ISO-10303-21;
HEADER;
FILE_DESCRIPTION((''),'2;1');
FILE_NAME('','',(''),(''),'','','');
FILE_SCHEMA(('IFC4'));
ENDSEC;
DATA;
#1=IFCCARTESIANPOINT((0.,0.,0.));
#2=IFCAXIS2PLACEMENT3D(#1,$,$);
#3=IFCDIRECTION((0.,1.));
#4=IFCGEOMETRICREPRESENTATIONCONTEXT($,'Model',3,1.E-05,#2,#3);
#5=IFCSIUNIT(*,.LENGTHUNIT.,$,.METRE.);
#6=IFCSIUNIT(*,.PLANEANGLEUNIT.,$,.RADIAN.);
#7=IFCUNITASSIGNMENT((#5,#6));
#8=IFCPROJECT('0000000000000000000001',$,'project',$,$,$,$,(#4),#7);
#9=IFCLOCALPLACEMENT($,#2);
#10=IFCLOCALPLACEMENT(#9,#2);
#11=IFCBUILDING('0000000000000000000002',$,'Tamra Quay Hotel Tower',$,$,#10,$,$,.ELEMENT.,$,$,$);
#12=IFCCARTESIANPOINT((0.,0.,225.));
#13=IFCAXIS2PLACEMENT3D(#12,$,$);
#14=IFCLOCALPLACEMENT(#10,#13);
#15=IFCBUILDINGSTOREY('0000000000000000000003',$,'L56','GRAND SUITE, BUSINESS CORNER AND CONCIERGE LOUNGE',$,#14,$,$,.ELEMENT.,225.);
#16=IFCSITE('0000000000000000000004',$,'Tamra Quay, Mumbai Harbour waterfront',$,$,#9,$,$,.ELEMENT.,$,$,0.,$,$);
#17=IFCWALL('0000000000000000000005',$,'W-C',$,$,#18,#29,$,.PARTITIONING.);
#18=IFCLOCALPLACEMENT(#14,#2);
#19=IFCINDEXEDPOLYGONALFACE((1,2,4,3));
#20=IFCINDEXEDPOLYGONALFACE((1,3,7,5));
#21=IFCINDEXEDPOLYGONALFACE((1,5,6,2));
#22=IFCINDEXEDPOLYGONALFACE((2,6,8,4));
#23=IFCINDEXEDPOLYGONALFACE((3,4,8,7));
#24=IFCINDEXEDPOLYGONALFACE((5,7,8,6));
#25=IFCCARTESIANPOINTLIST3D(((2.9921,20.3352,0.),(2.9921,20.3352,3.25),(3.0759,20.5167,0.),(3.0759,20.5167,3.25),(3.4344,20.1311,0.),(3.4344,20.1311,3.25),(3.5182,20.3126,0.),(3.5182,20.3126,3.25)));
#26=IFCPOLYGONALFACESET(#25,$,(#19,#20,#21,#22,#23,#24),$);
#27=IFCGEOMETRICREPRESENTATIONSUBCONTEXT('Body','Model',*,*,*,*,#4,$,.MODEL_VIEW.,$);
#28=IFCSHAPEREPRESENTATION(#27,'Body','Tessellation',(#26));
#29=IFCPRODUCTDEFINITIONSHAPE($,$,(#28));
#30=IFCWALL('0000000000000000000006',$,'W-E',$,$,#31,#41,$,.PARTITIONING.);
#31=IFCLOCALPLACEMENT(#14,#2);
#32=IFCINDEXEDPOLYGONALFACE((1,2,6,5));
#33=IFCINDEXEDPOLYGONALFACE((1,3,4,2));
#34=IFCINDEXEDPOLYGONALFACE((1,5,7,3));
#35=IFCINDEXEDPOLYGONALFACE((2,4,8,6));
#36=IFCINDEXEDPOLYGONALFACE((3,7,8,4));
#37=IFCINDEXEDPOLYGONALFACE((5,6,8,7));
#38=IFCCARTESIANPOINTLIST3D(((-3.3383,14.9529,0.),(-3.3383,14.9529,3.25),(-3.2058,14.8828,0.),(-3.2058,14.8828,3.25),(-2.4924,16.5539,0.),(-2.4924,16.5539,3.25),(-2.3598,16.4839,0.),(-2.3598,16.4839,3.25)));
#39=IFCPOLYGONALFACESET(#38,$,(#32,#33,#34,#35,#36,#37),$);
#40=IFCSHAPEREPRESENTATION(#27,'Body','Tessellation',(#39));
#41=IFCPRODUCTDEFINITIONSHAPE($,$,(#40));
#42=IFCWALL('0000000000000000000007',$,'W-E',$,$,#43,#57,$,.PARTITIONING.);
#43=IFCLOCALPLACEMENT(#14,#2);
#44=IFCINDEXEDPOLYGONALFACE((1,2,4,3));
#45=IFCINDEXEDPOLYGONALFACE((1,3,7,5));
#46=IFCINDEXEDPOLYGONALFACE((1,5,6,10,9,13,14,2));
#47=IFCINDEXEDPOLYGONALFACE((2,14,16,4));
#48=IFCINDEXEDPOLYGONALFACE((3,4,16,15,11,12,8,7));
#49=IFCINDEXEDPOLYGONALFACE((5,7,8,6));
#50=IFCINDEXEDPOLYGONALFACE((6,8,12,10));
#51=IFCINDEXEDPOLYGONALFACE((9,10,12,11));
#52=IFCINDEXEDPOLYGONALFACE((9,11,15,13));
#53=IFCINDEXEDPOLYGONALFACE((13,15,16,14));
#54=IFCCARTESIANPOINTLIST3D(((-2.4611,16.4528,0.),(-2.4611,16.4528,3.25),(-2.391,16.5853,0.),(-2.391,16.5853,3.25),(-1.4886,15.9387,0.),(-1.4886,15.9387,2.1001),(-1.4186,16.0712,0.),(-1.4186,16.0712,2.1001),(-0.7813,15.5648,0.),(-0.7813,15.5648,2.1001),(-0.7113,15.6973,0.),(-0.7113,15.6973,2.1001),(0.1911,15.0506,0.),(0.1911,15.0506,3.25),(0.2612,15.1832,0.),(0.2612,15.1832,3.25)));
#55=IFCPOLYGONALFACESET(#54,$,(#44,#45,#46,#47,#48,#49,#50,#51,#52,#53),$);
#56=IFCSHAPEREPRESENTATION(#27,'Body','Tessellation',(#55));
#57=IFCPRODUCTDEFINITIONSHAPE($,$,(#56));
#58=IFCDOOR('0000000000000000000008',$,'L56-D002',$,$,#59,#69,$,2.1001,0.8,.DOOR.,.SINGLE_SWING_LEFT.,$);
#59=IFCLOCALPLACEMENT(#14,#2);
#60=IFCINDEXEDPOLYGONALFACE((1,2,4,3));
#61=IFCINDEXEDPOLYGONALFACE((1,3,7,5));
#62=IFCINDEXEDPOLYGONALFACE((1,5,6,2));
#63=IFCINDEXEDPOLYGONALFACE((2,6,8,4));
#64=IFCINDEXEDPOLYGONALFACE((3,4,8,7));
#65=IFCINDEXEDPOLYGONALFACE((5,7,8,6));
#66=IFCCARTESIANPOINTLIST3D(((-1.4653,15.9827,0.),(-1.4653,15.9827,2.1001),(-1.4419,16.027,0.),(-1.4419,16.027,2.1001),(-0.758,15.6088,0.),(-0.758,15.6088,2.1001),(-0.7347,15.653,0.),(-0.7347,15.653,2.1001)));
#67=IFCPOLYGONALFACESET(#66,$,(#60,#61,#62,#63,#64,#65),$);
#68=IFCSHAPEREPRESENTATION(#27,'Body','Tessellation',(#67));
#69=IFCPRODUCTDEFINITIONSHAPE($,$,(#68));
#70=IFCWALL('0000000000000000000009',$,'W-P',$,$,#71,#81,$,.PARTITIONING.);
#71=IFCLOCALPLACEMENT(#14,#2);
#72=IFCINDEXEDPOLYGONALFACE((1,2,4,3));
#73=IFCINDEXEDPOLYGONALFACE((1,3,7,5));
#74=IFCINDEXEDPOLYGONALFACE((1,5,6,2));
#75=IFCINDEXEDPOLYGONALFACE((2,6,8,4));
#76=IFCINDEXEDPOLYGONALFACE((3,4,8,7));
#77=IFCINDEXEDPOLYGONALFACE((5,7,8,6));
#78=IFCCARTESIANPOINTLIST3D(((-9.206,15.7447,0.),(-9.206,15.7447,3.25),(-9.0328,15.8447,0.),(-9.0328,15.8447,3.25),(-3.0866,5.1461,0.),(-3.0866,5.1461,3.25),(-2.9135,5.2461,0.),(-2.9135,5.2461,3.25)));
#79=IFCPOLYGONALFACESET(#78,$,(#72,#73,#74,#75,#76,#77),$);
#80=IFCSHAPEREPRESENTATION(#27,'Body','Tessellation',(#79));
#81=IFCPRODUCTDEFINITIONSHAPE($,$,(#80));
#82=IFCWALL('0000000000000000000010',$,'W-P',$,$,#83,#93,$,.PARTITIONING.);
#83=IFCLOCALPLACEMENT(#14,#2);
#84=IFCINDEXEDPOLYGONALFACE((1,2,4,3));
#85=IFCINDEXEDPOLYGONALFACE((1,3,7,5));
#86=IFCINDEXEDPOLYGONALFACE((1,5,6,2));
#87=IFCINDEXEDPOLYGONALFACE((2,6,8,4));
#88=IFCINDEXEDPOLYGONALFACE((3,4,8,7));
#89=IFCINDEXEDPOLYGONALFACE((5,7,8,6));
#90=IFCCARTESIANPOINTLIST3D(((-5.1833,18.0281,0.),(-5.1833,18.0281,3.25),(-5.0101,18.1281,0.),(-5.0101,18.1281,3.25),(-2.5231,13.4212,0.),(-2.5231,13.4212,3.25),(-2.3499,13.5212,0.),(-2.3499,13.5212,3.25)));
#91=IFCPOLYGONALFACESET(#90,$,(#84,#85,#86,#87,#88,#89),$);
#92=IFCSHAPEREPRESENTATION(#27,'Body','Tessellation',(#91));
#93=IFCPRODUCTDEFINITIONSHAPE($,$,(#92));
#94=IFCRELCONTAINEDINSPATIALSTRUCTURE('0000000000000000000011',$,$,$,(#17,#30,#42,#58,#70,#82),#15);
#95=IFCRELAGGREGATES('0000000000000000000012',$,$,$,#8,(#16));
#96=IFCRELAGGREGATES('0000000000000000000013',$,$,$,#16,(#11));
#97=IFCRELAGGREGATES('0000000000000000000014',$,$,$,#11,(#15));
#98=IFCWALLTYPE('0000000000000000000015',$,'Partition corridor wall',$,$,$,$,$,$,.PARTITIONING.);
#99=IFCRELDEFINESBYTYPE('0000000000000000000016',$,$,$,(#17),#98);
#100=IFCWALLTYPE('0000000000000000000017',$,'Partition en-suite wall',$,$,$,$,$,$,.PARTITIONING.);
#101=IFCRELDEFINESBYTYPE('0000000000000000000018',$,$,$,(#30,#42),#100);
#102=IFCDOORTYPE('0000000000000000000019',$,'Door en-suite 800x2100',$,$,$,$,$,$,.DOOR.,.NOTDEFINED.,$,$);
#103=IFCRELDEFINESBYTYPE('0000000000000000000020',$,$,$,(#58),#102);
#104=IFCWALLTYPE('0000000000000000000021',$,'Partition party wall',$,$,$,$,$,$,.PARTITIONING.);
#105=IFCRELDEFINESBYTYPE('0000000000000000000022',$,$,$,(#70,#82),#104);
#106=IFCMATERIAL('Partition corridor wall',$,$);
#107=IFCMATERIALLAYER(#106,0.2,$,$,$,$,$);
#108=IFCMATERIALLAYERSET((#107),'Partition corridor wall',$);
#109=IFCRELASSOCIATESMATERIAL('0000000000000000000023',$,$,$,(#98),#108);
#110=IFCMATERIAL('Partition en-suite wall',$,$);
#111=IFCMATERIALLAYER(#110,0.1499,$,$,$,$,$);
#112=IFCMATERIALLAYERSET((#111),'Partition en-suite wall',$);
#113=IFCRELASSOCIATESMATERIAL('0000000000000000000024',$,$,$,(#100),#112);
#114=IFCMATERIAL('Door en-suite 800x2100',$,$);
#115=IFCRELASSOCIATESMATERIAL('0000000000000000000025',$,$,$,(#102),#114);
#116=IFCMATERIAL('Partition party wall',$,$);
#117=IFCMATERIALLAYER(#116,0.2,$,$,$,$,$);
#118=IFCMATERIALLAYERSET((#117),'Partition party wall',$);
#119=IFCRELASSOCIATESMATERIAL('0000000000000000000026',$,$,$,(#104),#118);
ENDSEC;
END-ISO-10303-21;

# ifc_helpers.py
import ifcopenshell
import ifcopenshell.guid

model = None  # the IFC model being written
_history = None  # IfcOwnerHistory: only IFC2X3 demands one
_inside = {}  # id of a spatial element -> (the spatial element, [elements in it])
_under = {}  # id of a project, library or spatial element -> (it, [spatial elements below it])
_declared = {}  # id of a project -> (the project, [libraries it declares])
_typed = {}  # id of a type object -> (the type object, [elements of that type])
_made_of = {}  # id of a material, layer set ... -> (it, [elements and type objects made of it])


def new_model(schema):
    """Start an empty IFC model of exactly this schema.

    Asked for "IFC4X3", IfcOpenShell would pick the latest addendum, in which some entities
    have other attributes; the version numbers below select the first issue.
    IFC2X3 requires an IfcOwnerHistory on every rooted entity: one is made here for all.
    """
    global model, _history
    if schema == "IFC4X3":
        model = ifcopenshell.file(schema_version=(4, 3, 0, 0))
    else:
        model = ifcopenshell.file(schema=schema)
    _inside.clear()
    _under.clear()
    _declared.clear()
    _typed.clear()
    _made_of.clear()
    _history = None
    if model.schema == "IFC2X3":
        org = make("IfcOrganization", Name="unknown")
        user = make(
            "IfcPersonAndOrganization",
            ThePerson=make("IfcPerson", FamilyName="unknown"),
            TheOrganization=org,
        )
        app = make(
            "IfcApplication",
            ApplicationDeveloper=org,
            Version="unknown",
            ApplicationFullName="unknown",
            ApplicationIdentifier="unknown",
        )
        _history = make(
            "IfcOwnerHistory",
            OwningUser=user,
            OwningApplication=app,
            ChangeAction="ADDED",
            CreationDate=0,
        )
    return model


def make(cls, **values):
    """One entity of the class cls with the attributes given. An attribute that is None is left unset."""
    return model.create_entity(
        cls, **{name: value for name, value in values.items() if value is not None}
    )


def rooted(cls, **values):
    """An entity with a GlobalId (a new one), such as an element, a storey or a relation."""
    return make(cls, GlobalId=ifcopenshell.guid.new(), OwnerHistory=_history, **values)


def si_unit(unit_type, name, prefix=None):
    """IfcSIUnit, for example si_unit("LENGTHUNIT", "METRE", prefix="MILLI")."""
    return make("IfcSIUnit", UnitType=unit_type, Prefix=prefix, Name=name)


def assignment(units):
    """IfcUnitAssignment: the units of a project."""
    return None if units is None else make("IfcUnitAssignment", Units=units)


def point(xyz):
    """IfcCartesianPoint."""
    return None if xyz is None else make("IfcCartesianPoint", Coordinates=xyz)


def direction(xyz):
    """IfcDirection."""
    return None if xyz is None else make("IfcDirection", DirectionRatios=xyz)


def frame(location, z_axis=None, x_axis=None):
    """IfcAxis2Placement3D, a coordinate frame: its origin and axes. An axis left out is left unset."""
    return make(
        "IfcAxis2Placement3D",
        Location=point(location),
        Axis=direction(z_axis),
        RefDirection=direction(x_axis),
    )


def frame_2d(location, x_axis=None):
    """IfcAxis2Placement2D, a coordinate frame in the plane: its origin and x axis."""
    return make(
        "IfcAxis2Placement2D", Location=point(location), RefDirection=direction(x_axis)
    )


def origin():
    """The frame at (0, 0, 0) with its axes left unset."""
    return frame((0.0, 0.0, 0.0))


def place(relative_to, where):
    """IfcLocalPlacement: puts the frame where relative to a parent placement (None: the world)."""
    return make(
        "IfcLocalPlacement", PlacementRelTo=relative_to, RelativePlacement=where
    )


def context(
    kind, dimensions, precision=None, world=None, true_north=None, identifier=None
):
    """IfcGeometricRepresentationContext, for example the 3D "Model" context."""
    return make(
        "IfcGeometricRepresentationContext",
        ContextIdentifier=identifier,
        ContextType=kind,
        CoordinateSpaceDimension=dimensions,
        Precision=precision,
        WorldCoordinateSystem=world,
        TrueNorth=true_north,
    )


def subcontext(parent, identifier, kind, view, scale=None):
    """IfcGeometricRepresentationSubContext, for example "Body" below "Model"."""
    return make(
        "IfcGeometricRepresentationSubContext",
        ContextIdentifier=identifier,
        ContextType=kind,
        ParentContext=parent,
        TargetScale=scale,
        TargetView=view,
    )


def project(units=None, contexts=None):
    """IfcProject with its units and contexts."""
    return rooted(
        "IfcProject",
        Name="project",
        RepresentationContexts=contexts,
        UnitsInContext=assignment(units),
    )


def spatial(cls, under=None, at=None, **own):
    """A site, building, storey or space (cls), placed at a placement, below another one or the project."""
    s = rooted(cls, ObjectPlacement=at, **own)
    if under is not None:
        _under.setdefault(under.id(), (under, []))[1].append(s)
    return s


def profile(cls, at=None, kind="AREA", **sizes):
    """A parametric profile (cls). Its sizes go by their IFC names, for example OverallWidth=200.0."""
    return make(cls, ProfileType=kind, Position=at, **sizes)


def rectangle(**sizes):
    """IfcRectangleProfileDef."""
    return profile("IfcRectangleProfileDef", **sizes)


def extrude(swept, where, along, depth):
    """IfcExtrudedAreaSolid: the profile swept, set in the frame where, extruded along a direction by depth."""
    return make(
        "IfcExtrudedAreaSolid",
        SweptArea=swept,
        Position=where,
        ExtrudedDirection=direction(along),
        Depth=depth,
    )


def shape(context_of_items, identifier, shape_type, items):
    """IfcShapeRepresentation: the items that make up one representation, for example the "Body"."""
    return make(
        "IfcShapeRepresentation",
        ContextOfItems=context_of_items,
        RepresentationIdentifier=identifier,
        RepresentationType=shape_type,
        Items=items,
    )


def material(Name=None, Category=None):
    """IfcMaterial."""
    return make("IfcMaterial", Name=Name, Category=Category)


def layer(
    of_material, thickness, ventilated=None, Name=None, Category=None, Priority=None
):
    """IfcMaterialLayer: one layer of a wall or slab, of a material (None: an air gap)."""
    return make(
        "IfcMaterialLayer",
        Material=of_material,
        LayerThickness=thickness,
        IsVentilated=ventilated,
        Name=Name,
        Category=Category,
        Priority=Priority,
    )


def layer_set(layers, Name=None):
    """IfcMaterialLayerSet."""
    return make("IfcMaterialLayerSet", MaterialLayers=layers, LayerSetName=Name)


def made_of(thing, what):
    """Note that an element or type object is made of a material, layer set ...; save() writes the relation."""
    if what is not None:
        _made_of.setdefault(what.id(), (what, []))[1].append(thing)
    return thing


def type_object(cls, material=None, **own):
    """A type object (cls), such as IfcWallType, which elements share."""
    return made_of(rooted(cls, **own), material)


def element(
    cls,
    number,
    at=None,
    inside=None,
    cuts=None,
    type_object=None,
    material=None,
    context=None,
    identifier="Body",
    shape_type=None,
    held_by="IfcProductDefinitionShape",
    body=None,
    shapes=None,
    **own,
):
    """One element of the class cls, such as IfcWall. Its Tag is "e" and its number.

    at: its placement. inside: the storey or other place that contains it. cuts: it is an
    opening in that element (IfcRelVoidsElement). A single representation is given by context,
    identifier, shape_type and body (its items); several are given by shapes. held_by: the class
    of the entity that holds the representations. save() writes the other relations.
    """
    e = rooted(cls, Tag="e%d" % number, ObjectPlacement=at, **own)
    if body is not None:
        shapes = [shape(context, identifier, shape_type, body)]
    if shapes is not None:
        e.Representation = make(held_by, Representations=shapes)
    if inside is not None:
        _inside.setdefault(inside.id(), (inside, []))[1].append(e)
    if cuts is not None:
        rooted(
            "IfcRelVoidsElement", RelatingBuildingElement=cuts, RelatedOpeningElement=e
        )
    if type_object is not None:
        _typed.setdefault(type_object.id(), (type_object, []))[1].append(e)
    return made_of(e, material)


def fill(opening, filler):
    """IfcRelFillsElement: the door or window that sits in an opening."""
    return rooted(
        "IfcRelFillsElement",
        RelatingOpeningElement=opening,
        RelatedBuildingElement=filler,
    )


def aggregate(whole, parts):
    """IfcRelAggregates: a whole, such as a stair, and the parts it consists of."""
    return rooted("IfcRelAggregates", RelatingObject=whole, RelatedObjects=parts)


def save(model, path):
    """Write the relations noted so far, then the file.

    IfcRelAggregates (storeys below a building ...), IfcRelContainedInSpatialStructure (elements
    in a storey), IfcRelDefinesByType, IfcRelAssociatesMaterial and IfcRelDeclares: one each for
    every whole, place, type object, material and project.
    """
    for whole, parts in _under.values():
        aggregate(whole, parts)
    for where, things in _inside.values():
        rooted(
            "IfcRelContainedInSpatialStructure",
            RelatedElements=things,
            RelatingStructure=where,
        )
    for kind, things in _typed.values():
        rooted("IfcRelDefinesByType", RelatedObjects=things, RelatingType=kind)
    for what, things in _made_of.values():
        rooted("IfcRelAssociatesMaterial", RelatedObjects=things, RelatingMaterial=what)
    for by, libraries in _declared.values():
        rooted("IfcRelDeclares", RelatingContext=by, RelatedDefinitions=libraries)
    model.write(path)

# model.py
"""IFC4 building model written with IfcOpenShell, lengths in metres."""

from ifc_helpers import new_model, si_unit, direction, frame, frame_2d, origin, place, context, subcontext, project, spatial, rectangle, extrude, material, layer, layer_set, type_object, element, fill, save


model = new_model("IFC4")

# Units and contexts
model_context = context("Model", 3, precision=1e-05, world=origin(), true_north=direction((0.0, 1.0)))
body_context = subcontext(model_context, "Body", "Model", "MODEL_VIEW")
ifc_project = project(units=[si_unit("LENGTHUNIT", "METRE"), si_unit("PLANEANGLEUNIT", "RADIAN")], contexts=[model_context])

# Site, building, storey
site_placement = place(None, origin())
site = spatial("IfcSite", under=ifc_project, at=site_placement, Name="Tamra Quay, Mumbai Harbour waterfront", CompositionType="ELEMENT", RefElevation=0.0)
building_placement = place(site_placement, origin())
building = spatial("IfcBuilding", under=site, at=building_placement, Name="Tamra Quay Hotel Tower", CompositionType="ELEMENT")
storey_placement = place(building_placement, frame((0.0, 0.0, 225.0)))
storey = spatial("IfcBuildingStorey", under=building, at=storey_placement, Name="L56", Description="GRAND SUITE, BUSINESS CORNER AND CONCIERGE LOUNGE", CompositionType="ELEMENT", Elevation=225.0)

# Walls
ifc_material_1 = material(Name="Partition corridor wall")
ifc_layer_1 = layer(ifc_material_1, 0.2)
ifc_layer_set_1 = layer_set([ifc_layer_1], Name="Partition corridor wall")
wall_type_1 = type_object("IfcWallType", Name="Partition corridor wall", PredefinedType="PARTITIONING", material=ifc_layer_set_1)
wall_1_placement = place(storey_placement, frame((3.0339, 20.426, 0.0), z_axis=(0.0, 0.0, 1.0), x_axis=(0.90793, -0.419122, 0.0)))
element("IfcWall", 1, at=wall_1_placement, inside=storey, type_object=wall_type_1, Name="W-C", PredefinedType="PARTITIONING", context=body_context, shape_type="SweptSolid", body=[
    extrude(rectangle(XDim=0.4871, YDim=0.2, at=frame_2d((0.2437, 0.0))), origin(), (0.0, 0.0, 1.0), 3.25),
])
ifc_material_2 = material(Name="Partition en-suite wall")
ifc_layer_2 = layer(ifc_material_2, 0.1499)
ifc_layer_set_2 = layer_set([ifc_layer_2], Name="Partition en-suite wall")
wall_type_2 = type_object("IfcWallType", Name="Partition en-suite wall", PredefinedType="PARTITIONING", material=ifc_layer_set_2)
wall_2_placement = place(storey_placement, frame((-3.272, 14.918, 0.0), z_axis=(0.0, 0.0, 1.0), x_axis=(0.467163, 0.884171, 0.0)))
element("IfcWall", 2, at=wall_2_placement, inside=storey, type_object=wall_type_2, Name="W-E", PredefinedType="PARTITIONING", context=body_context, shape_type="SweptSolid", body=[
    extrude(rectangle(XDim=1.8108, YDim=0.1499, at=frame_2d((0.9053, 0.0))), origin(), (0.0, 0.0, 1.0), 3.25),
])

# Wall, opening, door
wall_3_placement = place(storey_placement, frame((-2.426, 16.519, 0.0), z_axis=(0.0, 0.0, 1.0), x_axis=(0.884057, -0.467379, 0.0)))
wall_3 = element("IfcWall", 3, at=wall_3_placement, inside=storey, type_object=wall_type_2, Name="W-E", PredefinedType="PARTITIONING", context=body_context, shape_type="SweptSolid", body=[
    extrude(rectangle(XDim=3.0, YDim=0.1499, at=frame_2d((1.5, 0.0))), origin(), (0.0, 0.0, 1.0), 3.25),
])
opening_1_placement = place(wall_3_placement, frame((1.1001, 0.0, 0.0)))
opening_1 = element("IfcOpeningElement", 4, at=opening_1_placement, cuts=wall_3, PredefinedType="OPENING", context=body_context, shape_type="SweptSolid", body=[
    extrude(rectangle(XDim=0.8, YDim=2.1001, at=frame_2d((0.3999, 1.05))), frame((0.0, 0.085, 0.0), z_axis=(0.0, -1.0, 0.0), x_axis=(1.0, 0.0, 0.0)), (0.0, 0.0, 1.0), 0.1699),
])
ifc_material_3 = material(Name="Door en-suite 800x2100")
door_type_1 = type_object("IfcDoorType", Name="Door en-suite 800x2100", OperationType="NOTDEFINED", PredefinedType="DOOR", material=ifc_material_3)
door_1_placement = place(opening_1_placement, origin())
door_1 = element("IfcDoor", 5, at=door_1_placement, inside=storey, type_object=door_type_1, Name="L56-D002", OperationType="SINGLE_SWING_LEFT", OverallHeight=2.1001, OverallWidth=0.8, PredefinedType="DOOR", context=body_context, shape_type="SweptSolid", body=[
    extrude(rectangle(XDim=0.8, YDim=2.1001, at=frame_2d((0.3999, 1.05))), frame((0.0, 0.0249, 0.0), z_axis=(0.0, -1.0, 0.0), x_axis=(1.0, 0.0, 0.0)), (0.0, 0.0, 1.0), 0.05),
])
fill(opening_1, door_1)

# Walls
ifc_material_4 = material(Name="Partition party wall")
ifc_layer_3 = layer(ifc_material_4, 0.2)
ifc_layer_set_3 = layer_set([ifc_layer_3], Name="Partition party wall")
wall_type_3 = type_object("IfcWallType", Name="Partition party wall", PredefinedType="PARTITIONING", material=ifc_layer_set_3)
wall_4_placement = place(storey_placement, frame((-9.1194, 15.7947, 0.0), z_axis=(0.0, 0.0, 1.0), x_axis=(0.500016, -0.866016, 0.0)))
element("IfcWall", 6, at=wall_4_placement, inside=storey, type_object=wall_type_3, Name="W-P", PredefinedType="PARTITIONING", context=body_context, shape_type="SweptSolid", body=[
    extrude(rectangle(XDim=12.2383, YDim=0.2, at=frame_2d((6.1191, 0.0))), origin(), (0.0, 0.0, 1.0), 3.25),
])
wall_5_placement = place(storey_placement, frame((-5.0967, 18.0781, 0.0), z_axis=(0.0, 0.0, 1.0), x_axis=(0.500048, -0.865998, 0.0)))
element("IfcWall", 7, at=wall_5_placement, inside=storey, type_object=wall_type_3, Name="W-P", PredefinedType="PARTITIONING", context=body_context, shape_type="SweptSolid", body=[
    extrude(rectangle(XDim=5.3198, YDim=0.2, at=frame_2d((2.6599, 0.0))), origin(), (0.0, 0.0, 1.0), 3.25),
])

save(model, "model.ifc")
